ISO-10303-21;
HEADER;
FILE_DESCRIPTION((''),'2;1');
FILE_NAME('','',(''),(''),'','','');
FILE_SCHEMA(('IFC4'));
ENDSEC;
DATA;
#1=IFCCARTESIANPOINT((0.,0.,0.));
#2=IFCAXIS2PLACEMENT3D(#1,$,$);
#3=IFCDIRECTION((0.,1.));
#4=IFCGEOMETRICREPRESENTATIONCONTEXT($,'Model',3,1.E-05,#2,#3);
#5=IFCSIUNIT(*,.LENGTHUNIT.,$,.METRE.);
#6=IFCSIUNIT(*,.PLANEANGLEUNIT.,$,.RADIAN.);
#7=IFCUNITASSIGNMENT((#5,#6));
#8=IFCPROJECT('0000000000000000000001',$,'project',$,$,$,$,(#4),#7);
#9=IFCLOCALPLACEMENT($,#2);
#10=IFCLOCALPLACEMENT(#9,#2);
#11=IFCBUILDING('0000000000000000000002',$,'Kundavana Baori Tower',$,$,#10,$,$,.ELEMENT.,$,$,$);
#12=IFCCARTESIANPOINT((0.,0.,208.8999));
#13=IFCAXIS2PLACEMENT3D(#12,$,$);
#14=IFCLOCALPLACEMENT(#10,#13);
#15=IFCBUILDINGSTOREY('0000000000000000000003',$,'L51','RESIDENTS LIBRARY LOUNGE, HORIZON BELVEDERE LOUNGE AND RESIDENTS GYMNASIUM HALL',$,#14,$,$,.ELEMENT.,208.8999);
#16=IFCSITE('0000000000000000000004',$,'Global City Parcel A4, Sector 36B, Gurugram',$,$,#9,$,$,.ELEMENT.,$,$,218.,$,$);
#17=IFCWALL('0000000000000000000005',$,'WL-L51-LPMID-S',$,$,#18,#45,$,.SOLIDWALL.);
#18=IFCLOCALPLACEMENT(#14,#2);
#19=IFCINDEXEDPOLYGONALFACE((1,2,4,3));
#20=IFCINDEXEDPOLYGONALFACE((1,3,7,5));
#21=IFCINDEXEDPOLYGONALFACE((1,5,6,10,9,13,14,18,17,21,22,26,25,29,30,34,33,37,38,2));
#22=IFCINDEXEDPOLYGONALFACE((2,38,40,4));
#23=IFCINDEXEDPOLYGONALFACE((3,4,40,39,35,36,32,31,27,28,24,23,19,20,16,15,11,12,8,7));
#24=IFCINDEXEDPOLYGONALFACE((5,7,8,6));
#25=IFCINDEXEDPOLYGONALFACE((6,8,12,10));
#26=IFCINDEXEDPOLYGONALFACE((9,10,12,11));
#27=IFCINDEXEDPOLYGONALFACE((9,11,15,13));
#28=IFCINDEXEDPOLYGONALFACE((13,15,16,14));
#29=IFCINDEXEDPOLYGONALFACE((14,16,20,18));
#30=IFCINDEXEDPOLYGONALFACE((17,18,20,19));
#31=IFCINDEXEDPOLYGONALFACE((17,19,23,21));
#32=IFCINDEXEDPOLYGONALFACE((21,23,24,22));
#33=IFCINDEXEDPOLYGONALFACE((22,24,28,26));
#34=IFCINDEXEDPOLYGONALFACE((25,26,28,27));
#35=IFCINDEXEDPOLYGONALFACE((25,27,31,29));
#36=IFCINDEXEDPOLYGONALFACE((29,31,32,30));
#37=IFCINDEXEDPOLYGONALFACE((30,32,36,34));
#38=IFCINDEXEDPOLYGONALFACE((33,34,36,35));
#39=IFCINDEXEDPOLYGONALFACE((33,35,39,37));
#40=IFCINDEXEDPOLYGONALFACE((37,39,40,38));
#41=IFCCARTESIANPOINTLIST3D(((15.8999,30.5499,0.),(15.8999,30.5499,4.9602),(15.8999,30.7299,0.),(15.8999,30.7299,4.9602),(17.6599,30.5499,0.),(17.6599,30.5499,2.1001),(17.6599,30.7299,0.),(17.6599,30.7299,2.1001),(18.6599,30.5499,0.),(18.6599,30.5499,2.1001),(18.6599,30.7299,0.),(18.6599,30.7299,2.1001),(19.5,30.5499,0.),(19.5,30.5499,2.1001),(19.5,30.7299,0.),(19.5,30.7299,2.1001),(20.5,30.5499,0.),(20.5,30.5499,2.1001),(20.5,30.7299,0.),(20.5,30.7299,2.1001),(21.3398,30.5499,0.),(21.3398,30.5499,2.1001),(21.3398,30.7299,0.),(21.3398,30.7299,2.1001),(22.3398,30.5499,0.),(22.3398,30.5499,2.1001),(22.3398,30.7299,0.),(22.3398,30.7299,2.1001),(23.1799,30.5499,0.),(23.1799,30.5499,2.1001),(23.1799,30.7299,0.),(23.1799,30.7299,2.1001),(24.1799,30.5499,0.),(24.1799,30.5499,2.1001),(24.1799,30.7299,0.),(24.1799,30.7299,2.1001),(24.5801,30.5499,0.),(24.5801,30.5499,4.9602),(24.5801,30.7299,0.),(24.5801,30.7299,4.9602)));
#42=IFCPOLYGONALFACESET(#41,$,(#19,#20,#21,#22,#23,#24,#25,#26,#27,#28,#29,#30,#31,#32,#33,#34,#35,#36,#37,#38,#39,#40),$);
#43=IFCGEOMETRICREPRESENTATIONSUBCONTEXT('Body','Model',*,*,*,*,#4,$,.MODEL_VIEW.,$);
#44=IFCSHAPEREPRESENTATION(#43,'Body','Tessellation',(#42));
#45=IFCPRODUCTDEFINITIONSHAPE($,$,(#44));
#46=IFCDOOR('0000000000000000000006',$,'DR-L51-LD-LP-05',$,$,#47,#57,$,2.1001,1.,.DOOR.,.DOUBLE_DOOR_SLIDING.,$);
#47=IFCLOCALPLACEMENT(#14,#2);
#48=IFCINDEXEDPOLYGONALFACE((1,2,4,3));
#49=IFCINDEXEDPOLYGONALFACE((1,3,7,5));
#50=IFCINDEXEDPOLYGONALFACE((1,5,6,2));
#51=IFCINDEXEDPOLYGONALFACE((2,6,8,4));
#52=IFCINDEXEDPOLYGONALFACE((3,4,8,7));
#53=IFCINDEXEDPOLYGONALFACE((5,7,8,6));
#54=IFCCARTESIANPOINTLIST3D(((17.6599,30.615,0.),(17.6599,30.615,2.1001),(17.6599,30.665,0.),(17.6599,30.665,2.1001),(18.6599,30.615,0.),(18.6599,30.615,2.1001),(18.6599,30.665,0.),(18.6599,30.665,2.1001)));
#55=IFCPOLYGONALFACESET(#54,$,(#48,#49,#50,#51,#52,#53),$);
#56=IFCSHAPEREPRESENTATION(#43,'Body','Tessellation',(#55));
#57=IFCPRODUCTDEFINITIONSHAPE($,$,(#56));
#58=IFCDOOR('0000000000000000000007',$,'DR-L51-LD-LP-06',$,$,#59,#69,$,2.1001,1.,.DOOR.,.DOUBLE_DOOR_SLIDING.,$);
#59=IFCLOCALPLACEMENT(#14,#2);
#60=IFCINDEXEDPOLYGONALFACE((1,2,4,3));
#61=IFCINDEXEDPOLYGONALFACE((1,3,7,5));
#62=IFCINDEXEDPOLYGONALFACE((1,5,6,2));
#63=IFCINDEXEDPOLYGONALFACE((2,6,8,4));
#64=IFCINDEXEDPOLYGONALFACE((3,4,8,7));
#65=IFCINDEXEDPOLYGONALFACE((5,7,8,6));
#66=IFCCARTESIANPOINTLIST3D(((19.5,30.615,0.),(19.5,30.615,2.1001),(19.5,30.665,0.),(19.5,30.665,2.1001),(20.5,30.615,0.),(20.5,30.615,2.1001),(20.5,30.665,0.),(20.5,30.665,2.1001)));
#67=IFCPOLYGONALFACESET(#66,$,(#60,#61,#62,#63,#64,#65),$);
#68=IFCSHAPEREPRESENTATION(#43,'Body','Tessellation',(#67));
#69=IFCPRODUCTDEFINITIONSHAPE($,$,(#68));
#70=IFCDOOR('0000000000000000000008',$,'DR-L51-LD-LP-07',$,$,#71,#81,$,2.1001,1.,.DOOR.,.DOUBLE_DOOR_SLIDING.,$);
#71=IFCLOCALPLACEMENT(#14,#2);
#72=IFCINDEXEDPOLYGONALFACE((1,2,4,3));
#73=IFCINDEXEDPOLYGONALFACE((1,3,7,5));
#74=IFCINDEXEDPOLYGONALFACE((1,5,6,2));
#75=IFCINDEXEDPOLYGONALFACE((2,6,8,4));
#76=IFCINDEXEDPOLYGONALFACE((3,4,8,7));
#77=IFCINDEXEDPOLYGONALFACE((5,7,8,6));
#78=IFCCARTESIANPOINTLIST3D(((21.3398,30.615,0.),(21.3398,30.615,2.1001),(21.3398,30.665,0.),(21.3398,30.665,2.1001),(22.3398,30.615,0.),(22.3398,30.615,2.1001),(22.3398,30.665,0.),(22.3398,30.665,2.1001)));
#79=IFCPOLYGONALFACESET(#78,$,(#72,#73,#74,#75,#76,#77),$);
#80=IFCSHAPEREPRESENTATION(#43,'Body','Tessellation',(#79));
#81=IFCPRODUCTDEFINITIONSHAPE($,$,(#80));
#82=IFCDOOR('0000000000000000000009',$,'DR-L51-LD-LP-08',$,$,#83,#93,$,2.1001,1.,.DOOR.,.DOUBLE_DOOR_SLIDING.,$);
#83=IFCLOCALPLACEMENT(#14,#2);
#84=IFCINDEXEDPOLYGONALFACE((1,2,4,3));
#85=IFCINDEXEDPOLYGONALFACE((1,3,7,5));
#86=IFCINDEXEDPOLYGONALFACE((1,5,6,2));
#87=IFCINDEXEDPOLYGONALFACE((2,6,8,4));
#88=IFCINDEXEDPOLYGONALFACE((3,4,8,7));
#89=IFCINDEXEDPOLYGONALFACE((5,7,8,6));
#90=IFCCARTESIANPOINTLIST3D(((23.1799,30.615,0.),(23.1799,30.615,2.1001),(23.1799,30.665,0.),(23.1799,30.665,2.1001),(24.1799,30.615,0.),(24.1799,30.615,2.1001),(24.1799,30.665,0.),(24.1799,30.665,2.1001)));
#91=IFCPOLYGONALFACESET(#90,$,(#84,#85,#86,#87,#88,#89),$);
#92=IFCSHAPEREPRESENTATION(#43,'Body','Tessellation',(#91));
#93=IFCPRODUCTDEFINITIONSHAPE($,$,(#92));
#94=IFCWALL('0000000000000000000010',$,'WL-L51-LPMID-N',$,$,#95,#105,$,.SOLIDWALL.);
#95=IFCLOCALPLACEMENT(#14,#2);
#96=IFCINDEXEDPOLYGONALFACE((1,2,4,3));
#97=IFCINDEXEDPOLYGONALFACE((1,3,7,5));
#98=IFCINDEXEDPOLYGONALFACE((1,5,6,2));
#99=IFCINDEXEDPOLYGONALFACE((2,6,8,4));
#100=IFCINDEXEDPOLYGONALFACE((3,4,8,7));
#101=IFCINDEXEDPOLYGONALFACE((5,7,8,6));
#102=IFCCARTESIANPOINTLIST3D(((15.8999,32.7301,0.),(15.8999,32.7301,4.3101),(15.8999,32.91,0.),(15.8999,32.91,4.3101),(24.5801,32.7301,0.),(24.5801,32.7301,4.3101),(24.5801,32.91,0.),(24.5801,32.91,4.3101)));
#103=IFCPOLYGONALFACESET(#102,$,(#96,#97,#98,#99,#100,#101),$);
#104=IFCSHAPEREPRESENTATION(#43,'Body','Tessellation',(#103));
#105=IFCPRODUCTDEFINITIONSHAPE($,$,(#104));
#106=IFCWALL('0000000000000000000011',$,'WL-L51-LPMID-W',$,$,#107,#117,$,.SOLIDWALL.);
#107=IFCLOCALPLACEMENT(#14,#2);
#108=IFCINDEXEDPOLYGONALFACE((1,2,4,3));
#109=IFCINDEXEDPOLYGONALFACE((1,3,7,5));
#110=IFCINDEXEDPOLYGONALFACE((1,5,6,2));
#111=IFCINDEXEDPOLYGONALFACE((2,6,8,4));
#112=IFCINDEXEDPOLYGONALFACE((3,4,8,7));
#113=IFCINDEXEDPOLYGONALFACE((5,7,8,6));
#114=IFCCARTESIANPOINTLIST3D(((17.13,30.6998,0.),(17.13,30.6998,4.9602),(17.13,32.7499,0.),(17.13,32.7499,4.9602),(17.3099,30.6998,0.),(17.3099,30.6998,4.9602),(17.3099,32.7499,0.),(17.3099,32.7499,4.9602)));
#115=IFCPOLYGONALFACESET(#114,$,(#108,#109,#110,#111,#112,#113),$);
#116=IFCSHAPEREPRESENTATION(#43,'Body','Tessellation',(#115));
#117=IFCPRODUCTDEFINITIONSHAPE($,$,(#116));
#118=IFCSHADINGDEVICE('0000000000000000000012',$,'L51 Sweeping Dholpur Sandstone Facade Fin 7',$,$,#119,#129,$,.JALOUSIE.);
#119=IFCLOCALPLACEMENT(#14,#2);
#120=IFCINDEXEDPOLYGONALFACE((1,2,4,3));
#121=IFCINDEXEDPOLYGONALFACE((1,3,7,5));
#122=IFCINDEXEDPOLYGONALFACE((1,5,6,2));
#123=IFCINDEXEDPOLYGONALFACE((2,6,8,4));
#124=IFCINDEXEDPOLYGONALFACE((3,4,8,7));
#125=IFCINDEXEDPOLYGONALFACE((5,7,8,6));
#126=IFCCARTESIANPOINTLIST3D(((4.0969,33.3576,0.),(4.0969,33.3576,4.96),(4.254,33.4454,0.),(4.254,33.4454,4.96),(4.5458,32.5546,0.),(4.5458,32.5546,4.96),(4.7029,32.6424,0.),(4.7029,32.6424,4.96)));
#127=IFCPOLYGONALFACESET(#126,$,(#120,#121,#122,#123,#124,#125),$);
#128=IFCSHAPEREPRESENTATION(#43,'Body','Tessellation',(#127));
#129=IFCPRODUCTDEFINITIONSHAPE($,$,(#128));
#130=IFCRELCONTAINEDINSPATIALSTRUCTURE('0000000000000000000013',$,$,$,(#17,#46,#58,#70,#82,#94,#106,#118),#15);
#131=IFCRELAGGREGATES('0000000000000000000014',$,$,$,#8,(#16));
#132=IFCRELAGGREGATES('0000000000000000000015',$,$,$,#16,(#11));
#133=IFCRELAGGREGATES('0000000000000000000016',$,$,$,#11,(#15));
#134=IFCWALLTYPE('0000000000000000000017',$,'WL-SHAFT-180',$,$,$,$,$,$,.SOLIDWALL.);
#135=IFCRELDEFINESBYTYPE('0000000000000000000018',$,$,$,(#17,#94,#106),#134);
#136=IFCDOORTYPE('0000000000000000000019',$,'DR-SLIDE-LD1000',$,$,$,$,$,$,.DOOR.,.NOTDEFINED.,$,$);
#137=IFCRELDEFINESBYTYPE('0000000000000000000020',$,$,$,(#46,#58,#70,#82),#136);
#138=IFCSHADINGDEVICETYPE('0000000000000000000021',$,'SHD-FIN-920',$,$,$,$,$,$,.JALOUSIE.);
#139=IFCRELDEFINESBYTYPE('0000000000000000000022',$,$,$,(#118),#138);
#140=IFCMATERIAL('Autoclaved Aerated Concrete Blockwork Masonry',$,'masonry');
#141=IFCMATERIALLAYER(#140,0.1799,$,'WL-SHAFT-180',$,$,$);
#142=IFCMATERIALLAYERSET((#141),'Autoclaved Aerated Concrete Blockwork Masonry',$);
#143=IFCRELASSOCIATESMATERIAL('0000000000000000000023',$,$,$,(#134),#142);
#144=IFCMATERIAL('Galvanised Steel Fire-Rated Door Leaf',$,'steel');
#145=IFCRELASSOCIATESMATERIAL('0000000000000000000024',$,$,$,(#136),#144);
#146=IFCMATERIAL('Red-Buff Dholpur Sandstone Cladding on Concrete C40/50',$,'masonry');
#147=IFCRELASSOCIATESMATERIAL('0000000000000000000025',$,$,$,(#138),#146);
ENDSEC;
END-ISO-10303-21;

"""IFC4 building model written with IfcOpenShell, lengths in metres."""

from ifc_helpers import new_model, si_unit, direction, frame, frame_2d, origin, origin_2d, place, context, subcontext, project, spatial, rectangle, extrude, material, layer, layer_set, type_object, element, fill, save


model = new_model("IFC4")

# Units and contexts
model_context = context("Model", 3, precision=1e-05, world=origin(), true_north=direction((0.0, 1.0)))
body_context = subcontext(model_context, "Body", "Model", "MODEL_VIEW")
ifc_project = project(units=[si_unit("LENGTHUNIT", "METRE"), si_unit("PLANEANGLEUNIT", "RADIAN")], contexts=[model_context])

# Site, building, storey
site_placement = place(None, origin())
site = spatial("IfcSite", under=ifc_project, at=site_placement, Name="Global City Parcel A4, Sector 36B, Gurugram", CompositionType="ELEMENT", RefElevation=218.0)
building_placement = place(site_placement, origin())
building = spatial("IfcBuilding", under=site, at=building_placement, Name="Kundavana Baori Tower", CompositionType="ELEMENT")
storey_placement = place(building_placement, frame((0.0, 0.0, 208.8999)))
storey = spatial("IfcBuildingStorey", under=building, at=storey_placement, Name="L51", Description="RESIDENTS LIBRARY LOUNGE, HORIZON BELVEDERE LOUNGE AND RESIDENTS GYMNASIUM HALL", CompositionType="ELEMENT", Elevation=208.8999)

# Wall, openings, doors
ifc_material_1 = material(Name="Autoclaved Aerated Concrete Blockwork Masonry", Category="masonry")
ifc_layer_1 = layer(ifc_material_1, 0.1799, Name="WL-SHAFT-180")
ifc_layer_set_1 = layer_set([ifc_layer_1], Name="Autoclaved Aerated Concrete Blockwork Masonry")
wall_type_1 = type_object("IfcWallType", Name="WL-SHAFT-180", PredefinedType="SOLIDWALL", material=ifc_layer_set_1)
wall_1_placement = place(storey_placement, frame((15.8999, 30.6399, 0.0), z_axis=(0.0, 0.0, 1.0), x_axis=(1.0, 0.0, 0.0)))
wall_1 = element("IfcWall", 1, at=wall_1_placement, inside=storey, type_object=wall_type_1, Name="WL-L51-LPMID-S", PredefinedType="SOLIDWALL", context=body_context, shape_type="SweptSolid", body=[
    extrude(rectangle(XDim=8.6802, YDim=0.1799, at=frame_2d((4.3401, 0.0))), origin(), (0.0, 0.0, 1.0), 4.9602),
])
opening_1_placement = place(wall_1_placement, frame((1.76, 0.0, 0.0)))
opening_1 = element("IfcOpeningElement", 2, at=opening_1_placement, cuts=wall_1, PredefinedType="OPENING", context=body_context, shape_type="SweptSolid", body=[
    extrude(rectangle(XDim=1.0, YDim=2.1001, at=frame_2d((0.5, 1.05))), frame((0.0, 0.1001, 0.0), z_axis=(0.0, -1.0, 0.0), x_axis=(1.0, 0.0, 0.0)), (0.0, 0.0, 1.0), 0.2),
])
opening_2_placement = place(wall_1_placement, frame((3.6001, 0.0, 0.0)))
opening_2 = element("IfcOpeningElement", 3, at=opening_2_placement, cuts=wall_1, PredefinedType="OPENING", context=body_context, shape_type="SweptSolid", body=[
    extrude(rectangle(XDim=1.0, YDim=2.1001, at=frame_2d((0.5, 1.05))), frame((0.0, 0.1001, 0.0), z_axis=(0.0, -1.0, 0.0), x_axis=(1.0, 0.0, 0.0)), (0.0, 0.0, 1.0), 0.2),
])
opening_3_placement = place(wall_1_placement, frame((5.4399, 0.0, 0.0)))
opening_3 = element("IfcOpeningElement", 4, at=opening_3_placement, cuts=wall_1, PredefinedType="OPENING", context=body_context, shape_type="SweptSolid", body=[
    extrude(rectangle(XDim=1.0, YDim=2.1001, at=frame_2d((0.5, 1.05))), frame((0.0, 0.1001, 0.0), z_axis=(0.0, -1.0, 0.0), x_axis=(1.0, 0.0, 0.0)), (0.0, 0.0, 1.0), 0.2),
])
opening_4_placement = place(wall_1_placement, frame((7.28, 0.0, 0.0)))
opening_4 = element("IfcOpeningElement", 5, at=opening_4_placement, cuts=wall_1, PredefinedType="OPENING", context=body_context, shape_type="SweptSolid", body=[
    extrude(rectangle(XDim=1.0, YDim=2.1001, at=frame_2d((0.5, 1.05))), frame((0.0, 0.1001, 0.0), z_axis=(0.0, -1.0, 0.0), x_axis=(1.0, 0.0, 0.0)), (0.0, 0.0, 1.0), 0.2),
])
ifc_material_2 = material(Name="Galvanised Steel Fire-Rated Door Leaf", Category="steel")
door_type_1 = type_object("IfcDoorType", Name="DR-SLIDE-LD1000", OperationType="NOTDEFINED", PredefinedType="DOOR", material=ifc_material_2)
door_1_placement = place(opening_1_placement, frame((1.0, 0.0, 0.0), z_axis=(0.0, 0.0, 1.0), x_axis=(-1.0, 0.0, 0.0)))
door_1 = element("IfcDoor", 6, at=door_1_placement, inside=storey, type_object=door_type_1, Name="DR-L51-LD-LP-05", OperationType="DOUBLE_DOOR_SLIDING", OverallHeight=2.1001, OverallWidth=1.0, PredefinedType="DOOR", context=body_context, shape_type="SweptSolid", body=[
    extrude(rectangle(XDim=1.0, YDim=2.1001, at=frame_2d((0.5, 1.05))), frame((0.0, 0.0249, 0.0), z_axis=(0.0, -1.0, 0.0), x_axis=(1.0, 0.0, 0.0)), (0.0, 0.0, 1.0), 0.05),
])
fill(opening_1, door_1)
door_2_placement = place(opening_2_placement, frame((1.0, 0.0, 0.0), z_axis=(0.0, 0.0, 1.0), x_axis=(-1.0, 0.0, 0.0)))
door_2 = element("IfcDoor", 7, at=door_2_placement, inside=storey, type_object=door_type_1, Name="DR-L51-LD-LP-06", OperationType="DOUBLE_DOOR_SLIDING", OverallHeight=2.1001, OverallWidth=1.0, PredefinedType="DOOR", context=body_context, shape_type="SweptSolid", body=[
    extrude(rectangle(XDim=1.0, YDim=2.1001, at=frame_2d((0.5, 1.05))), frame((0.0, 0.0249, 0.0), z_axis=(0.0, -1.0, 0.0), x_axis=(1.0, 0.0, 0.0)), (0.0, 0.0, 1.0), 0.05),
])
fill(opening_2, door_2)
door_3_placement = place(opening_3_placement, frame((1.0, 0.0, 0.0), z_axis=(0.0, 0.0, 1.0), x_axis=(-1.0, 0.0, 0.0)))
door_3 = element("IfcDoor", 8, at=door_3_placement, inside=storey, type_object=door_type_1, Name="DR-L51-LD-LP-07", OperationType="DOUBLE_DOOR_SLIDING", OverallHeight=2.1001, OverallWidth=1.0, PredefinedType="DOOR", context=body_context, shape_type="SweptSolid", body=[
    extrude(rectangle(XDim=1.0, YDim=2.1001, at=frame_2d((0.5, 1.05))), frame((0.0, 0.0249, 0.0), z_axis=(0.0, -1.0, 0.0), x_axis=(1.0, 0.0, 0.0)), (0.0, 0.0, 1.0), 0.05),
])
fill(opening_3, door_3)
door_4_placement = place(opening_4_placement, frame((1.0, 0.0, 0.0), z_axis=(0.0, 0.0, 1.0), x_axis=(-1.0, 0.0, 0.0)))
door_4 = element("IfcDoor", 9, at=door_4_placement, inside=storey, type_object=door_type_1, Name="DR-L51-LD-LP-08", OperationType="DOUBLE_DOOR_SLIDING", OverallHeight=2.1001, OverallWidth=1.0, PredefinedType="DOOR", context=body_context, shape_type="SweptSolid", body=[
    extrude(rectangle(XDim=1.0, YDim=2.1001, at=frame_2d((0.5, 1.05))), frame((0.0, 0.0249, 0.0), z_axis=(0.0, -1.0, 0.0), x_axis=(1.0, 0.0, 0.0)), (0.0, 0.0, 1.0), 0.05),
])
fill(opening_4, door_4)

# Walls
wall_2_placement = place(storey_placement, frame((15.8999, 32.8201, 0.0), z_axis=(0.0, 0.0, 1.0), x_axis=(1.0, 0.0, 0.0)))
element("IfcWall", 10, at=wall_2_placement, inside=storey, type_object=wall_type_1, Name="WL-L51-LPMID-N", PredefinedType="SOLIDWALL", context=body_context, shape_type="SweptSolid", body=[
    extrude(rectangle(XDim=8.6802, YDim=0.1799, at=frame_2d((4.3401, 0.0))), origin(), (0.0, 0.0, 1.0), 4.3101),
])
wall_3_placement = place(storey_placement, frame((17.22, 30.7, 0.0), z_axis=(0.0, 0.0, 1.0), x_axis=(0.0, 1.0, 0.0)))
element("IfcWall", 11, at=wall_3_placement, inside=storey, type_object=wall_type_1, Name="WL-L51-LPMID-W", PredefinedType="SOLIDWALL", context=body_context, shape_type="SweptSolid", body=[
    extrude(rectangle(XDim=2.05, YDim=0.1799, at=frame_2d((1.0249, 0.0))), origin(), (0.0, 0.0, 1.0), 4.9602),
])

# Shading device
ifc_material_3 = material(Name="Red-Buff Dholpur Sandstone Cladding on Concrete C40/50", Category="masonry")
shading_device_type = type_object("IfcShadingDeviceType", Name="SHD-FIN-920", PredefinedType="JALOUSIE", material=ifc_material_3)
shading_device_placement = place(storey_placement, frame((4.3999, 33.0, 0.0), z_axis=(0.0, 0.0, 1.0), x_axis=(0.872837, 0.488012, 0.0)))
element("IfcShadingDevice", 12, at=shading_device_placement, inside=storey, type_object=shading_device_type, Name="L51 Sweeping Dholpur Sandstone Facade Fin 7", PredefinedType="JALOUSIE", context=body_context, shape_type="SweptSolid", body=[
    extrude(rectangle(XDim=0.1799, YDim=0.9199, at=origin_2d()), origin(), (0.0, 0.0, 1.0), 4.96),
])

save(model, "model.ifc")
